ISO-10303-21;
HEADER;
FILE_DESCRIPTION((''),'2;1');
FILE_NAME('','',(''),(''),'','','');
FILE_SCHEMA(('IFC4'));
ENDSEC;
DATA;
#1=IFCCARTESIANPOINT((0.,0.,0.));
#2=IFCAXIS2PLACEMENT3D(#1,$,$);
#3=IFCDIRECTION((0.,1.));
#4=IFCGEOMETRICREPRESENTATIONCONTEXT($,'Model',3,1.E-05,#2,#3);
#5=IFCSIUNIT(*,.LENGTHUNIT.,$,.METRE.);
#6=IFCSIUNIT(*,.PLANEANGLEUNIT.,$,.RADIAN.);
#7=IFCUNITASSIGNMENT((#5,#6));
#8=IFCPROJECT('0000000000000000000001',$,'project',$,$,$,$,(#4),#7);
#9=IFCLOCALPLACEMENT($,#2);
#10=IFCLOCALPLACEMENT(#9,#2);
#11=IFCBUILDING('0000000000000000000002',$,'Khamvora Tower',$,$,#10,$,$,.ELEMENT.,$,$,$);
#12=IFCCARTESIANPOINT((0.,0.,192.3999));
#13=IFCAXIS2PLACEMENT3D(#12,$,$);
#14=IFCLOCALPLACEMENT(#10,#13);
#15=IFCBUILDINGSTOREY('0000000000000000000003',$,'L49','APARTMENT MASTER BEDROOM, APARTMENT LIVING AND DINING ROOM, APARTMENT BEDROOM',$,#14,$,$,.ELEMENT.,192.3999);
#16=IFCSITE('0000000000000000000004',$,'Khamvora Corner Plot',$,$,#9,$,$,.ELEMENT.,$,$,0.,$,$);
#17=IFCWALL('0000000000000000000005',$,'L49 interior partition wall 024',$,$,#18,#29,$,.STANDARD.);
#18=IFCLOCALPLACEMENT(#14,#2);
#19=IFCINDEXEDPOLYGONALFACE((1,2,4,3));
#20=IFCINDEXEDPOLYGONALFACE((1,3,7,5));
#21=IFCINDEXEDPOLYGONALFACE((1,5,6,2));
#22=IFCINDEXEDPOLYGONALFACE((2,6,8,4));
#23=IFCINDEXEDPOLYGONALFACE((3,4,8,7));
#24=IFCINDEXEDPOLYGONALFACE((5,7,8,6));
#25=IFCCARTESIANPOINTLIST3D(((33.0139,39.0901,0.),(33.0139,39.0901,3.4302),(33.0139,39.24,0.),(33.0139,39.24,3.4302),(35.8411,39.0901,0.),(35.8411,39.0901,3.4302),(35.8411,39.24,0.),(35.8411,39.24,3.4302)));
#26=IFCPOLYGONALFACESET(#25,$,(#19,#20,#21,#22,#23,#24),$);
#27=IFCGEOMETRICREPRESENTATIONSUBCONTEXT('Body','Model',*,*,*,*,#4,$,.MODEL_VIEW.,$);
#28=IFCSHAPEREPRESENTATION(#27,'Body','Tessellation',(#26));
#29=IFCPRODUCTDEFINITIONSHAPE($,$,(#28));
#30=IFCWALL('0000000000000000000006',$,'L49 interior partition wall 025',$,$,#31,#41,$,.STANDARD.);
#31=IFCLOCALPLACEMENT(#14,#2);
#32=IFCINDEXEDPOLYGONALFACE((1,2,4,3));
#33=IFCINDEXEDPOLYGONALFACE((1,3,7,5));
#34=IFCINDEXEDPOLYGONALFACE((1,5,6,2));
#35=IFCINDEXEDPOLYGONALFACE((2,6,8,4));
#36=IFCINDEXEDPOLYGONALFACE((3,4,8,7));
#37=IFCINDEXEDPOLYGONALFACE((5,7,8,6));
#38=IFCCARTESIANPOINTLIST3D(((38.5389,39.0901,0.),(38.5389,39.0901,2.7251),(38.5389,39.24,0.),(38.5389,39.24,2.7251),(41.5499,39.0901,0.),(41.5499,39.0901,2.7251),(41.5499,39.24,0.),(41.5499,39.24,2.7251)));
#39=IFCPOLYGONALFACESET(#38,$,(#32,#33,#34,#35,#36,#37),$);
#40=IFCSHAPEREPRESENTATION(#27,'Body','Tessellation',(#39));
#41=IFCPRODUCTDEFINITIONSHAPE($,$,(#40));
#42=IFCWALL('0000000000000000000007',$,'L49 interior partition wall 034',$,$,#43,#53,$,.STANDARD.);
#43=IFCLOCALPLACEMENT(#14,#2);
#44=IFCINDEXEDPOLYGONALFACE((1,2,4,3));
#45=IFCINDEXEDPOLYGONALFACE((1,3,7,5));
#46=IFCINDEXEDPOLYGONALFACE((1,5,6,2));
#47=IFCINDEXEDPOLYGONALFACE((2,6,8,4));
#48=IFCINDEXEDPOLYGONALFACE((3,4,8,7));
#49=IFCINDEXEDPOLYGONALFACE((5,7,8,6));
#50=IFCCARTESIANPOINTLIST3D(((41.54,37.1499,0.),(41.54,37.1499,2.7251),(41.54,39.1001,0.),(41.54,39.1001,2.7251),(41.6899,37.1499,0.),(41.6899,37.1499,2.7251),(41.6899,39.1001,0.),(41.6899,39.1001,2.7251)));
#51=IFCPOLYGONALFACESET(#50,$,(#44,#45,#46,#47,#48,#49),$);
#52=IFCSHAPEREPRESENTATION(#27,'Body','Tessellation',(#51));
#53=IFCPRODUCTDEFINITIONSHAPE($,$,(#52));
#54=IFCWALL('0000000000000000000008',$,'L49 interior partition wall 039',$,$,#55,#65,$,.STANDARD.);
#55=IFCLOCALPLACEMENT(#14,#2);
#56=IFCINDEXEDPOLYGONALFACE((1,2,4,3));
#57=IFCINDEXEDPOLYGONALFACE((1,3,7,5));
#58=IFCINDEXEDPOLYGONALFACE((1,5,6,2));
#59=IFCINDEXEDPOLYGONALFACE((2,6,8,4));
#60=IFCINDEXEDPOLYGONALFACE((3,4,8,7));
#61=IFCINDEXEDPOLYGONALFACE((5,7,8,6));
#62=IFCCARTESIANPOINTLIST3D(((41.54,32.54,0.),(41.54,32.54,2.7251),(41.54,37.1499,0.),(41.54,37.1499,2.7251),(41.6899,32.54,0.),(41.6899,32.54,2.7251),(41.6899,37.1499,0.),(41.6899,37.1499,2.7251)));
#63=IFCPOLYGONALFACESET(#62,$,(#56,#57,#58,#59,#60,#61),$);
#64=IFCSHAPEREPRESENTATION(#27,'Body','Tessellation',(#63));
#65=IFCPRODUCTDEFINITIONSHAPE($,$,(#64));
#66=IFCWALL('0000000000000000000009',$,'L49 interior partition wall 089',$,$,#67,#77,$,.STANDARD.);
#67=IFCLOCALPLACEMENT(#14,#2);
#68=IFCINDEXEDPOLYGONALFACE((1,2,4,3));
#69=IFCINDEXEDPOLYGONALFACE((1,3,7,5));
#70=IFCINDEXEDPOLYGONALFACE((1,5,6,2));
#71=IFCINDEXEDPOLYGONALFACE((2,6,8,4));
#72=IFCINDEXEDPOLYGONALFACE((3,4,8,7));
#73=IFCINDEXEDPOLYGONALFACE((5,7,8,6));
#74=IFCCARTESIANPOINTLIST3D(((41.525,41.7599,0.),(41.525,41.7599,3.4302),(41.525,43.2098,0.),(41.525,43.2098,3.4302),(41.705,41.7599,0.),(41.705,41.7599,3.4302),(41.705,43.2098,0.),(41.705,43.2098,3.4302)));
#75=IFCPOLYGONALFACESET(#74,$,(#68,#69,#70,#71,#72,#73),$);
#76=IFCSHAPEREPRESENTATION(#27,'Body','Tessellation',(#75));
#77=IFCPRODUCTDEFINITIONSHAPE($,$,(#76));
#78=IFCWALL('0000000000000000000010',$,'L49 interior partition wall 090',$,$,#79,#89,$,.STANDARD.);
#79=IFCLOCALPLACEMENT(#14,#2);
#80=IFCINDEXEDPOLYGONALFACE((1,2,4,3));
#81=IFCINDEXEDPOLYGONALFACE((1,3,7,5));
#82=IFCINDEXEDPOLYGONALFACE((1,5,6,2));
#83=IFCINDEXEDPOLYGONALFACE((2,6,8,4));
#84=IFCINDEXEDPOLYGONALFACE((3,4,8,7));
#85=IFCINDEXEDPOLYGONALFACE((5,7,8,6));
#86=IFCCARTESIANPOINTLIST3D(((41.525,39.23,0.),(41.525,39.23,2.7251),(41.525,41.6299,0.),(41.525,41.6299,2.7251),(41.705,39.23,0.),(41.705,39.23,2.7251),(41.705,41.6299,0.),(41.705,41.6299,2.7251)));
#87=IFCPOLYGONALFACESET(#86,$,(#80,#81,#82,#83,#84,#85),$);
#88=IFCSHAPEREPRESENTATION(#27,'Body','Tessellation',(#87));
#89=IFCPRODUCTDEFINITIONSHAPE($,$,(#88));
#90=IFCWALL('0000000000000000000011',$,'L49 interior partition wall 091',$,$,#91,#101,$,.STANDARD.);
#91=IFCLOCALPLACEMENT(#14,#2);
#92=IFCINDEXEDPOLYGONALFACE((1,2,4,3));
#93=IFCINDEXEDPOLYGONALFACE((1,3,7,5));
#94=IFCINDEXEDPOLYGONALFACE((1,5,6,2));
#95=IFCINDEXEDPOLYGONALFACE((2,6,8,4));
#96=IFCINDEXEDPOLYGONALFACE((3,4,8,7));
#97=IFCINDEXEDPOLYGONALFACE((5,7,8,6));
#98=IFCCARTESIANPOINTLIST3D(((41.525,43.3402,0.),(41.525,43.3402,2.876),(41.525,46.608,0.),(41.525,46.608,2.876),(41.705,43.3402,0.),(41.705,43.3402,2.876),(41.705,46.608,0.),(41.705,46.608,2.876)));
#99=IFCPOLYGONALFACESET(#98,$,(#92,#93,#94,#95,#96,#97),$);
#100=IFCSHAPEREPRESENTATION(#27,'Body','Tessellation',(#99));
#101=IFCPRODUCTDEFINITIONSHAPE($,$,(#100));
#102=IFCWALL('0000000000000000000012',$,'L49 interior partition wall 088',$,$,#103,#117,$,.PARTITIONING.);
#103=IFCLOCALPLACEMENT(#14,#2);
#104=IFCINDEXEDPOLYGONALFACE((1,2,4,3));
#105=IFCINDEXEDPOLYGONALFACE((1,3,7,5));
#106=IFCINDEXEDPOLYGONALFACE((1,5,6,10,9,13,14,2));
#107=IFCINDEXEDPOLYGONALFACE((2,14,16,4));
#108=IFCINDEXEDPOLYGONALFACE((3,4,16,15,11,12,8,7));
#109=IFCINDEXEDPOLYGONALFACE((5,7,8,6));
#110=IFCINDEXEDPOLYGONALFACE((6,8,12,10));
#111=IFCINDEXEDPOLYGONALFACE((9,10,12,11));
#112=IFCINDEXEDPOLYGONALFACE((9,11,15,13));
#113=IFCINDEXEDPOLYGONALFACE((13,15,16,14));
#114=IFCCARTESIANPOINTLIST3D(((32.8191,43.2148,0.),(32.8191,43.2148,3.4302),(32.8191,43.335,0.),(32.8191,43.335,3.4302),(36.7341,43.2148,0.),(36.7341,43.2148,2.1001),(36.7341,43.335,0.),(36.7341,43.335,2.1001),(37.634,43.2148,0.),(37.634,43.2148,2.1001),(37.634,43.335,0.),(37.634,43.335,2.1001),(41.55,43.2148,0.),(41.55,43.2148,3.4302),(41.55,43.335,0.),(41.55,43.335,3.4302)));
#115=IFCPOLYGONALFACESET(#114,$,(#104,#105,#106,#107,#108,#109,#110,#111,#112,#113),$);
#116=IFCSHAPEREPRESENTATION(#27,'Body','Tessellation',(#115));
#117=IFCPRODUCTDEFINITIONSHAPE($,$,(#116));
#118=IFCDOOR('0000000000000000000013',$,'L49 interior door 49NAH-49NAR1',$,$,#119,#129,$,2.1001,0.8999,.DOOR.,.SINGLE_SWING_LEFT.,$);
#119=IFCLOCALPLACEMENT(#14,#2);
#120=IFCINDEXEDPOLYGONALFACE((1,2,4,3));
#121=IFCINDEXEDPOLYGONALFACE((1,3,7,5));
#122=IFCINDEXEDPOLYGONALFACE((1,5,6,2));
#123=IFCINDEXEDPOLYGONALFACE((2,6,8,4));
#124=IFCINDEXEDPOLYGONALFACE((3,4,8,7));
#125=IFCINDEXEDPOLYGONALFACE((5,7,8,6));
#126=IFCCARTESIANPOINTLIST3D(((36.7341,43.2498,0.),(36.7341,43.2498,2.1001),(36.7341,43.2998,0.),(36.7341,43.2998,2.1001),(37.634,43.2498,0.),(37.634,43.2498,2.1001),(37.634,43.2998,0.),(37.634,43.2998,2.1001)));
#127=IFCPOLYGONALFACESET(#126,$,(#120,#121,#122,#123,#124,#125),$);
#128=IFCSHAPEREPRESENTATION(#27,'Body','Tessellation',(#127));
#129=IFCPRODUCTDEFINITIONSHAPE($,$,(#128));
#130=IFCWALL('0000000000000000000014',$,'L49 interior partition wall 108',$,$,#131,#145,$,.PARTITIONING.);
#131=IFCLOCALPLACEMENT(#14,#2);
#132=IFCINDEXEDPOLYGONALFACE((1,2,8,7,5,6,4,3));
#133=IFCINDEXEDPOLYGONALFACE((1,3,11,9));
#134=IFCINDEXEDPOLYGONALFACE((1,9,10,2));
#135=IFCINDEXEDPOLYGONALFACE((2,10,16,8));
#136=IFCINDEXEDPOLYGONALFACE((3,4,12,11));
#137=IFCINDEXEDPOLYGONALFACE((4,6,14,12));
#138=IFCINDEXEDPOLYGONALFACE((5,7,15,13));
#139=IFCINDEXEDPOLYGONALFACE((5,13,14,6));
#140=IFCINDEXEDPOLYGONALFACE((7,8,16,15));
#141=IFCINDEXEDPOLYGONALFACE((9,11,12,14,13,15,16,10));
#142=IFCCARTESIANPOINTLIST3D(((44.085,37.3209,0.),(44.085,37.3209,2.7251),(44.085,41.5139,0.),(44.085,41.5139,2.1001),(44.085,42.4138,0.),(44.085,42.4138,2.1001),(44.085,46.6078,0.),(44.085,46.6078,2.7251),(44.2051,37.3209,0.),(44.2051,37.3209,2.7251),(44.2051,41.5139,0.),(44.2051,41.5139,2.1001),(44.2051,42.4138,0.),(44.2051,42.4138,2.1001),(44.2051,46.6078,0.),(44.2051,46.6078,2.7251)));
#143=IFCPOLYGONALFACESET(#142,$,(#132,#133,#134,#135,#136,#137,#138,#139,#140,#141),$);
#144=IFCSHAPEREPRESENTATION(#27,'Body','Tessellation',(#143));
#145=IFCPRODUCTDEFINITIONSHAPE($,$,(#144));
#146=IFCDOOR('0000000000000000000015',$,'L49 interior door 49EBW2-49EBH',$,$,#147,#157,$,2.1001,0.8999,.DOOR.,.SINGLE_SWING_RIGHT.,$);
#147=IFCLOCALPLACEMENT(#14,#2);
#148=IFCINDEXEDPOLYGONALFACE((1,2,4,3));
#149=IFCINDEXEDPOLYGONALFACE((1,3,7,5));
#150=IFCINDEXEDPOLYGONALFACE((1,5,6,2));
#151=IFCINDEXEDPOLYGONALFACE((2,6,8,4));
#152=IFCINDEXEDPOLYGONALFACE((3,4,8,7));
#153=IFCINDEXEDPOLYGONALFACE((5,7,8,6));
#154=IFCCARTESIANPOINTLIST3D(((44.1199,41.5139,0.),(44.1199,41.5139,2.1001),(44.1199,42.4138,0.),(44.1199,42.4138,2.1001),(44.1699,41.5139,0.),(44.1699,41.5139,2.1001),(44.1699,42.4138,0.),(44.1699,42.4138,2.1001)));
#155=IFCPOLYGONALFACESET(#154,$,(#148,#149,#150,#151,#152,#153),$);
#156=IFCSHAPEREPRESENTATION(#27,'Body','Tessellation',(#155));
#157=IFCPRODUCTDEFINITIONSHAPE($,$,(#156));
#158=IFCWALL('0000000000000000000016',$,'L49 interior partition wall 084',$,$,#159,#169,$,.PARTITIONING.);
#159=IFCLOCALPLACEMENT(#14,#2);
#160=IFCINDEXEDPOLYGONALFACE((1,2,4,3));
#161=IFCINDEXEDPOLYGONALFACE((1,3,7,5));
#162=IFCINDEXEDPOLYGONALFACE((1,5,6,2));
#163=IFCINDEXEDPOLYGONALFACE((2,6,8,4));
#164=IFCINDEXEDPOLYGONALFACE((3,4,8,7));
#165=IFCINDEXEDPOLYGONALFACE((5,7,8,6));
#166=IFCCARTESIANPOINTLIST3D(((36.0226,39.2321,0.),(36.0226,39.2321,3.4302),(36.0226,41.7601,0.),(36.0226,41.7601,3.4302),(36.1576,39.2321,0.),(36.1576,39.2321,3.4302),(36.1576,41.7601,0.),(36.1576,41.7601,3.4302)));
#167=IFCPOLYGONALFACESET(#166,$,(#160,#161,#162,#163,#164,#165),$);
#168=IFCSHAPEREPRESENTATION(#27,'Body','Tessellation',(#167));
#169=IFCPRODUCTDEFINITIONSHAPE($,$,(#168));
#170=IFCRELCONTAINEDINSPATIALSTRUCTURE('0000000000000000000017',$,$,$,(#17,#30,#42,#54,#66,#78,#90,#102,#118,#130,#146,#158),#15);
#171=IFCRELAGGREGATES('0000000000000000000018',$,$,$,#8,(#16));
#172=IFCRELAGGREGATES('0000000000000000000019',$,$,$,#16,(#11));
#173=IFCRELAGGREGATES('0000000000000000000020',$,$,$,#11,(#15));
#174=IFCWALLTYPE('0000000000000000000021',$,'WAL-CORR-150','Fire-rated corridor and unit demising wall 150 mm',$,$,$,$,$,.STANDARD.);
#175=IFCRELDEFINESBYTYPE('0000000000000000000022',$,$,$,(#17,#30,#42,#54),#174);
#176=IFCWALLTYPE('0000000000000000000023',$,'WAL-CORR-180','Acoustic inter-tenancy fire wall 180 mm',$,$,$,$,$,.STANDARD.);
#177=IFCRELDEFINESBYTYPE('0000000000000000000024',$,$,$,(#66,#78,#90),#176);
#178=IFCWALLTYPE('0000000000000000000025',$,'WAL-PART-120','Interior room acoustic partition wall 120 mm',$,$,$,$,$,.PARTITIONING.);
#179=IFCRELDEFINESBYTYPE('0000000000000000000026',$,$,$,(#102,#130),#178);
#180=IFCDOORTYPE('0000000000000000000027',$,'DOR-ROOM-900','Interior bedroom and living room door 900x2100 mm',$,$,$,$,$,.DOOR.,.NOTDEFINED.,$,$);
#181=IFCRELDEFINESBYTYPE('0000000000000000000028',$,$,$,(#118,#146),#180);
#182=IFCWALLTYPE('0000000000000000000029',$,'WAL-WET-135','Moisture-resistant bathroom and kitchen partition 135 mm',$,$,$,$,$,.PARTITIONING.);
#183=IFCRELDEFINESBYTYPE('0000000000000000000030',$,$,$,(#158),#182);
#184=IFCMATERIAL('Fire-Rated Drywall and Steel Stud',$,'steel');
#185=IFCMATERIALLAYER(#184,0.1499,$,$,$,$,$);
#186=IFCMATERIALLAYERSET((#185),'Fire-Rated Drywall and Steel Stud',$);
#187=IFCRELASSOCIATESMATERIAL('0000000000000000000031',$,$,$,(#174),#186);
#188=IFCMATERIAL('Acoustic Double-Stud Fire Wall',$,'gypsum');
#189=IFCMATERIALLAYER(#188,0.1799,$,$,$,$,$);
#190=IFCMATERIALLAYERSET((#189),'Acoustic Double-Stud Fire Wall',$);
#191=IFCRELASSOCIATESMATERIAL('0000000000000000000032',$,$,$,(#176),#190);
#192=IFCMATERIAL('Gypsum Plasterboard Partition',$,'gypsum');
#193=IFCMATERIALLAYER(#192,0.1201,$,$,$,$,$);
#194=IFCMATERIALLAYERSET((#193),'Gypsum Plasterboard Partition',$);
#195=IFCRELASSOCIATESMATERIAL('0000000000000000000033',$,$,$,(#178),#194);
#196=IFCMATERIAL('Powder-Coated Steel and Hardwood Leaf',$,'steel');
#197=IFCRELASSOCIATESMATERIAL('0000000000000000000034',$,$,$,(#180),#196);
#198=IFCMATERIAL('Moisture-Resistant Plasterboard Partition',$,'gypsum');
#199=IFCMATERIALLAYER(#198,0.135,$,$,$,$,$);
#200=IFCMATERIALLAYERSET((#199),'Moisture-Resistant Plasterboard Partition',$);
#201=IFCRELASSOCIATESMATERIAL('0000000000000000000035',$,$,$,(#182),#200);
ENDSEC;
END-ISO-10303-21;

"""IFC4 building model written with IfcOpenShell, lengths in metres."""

from ifc_helpers import new_model, si_unit, direction, frame, frame_2d, origin, place, context, subcontext, project, spatial, rectangle, extrude, material, layer, layer_set, type_object, element, fill, save


model = new_model("IFC4")

# Units and contexts
model_context = context("Model", 3, precision=1e-05, world=origin(), true_north=direction((0.0, 1.0)))
body_context = subcontext(model_context, "Body", "Model", "MODEL_VIEW")
ifc_project = project(units=[si_unit("LENGTHUNIT", "METRE"), si_unit("PLANEANGLEUNIT", "RADIAN")], contexts=[model_context])

# Site, building, storey
site_placement = place(None, origin())
site = spatial("IfcSite", under=ifc_project, at=site_placement, Name="Khamvora Corner Plot", CompositionType="ELEMENT", RefElevation=0.0)
building_placement = place(site_placement, origin())
building = spatial("IfcBuilding", under=site, at=building_placement, Name="Khamvora Tower", CompositionType="ELEMENT")
storey_placement = place(building_placement, frame((0.0, 0.0, 192.3999)))
storey = spatial("IfcBuildingStorey", under=building, at=storey_placement, Name="L49", Description="APARTMENT MASTER BEDROOM, APARTMENT LIVING AND DINING ROOM, APARTMENT BEDROOM", CompositionType="ELEMENT", Elevation=192.3999)

# Shared definitions
ifc_material_1 = material(Name="Fire-Rated Drywall and Steel Stud", Category="steel")
ifc_layer_1 = layer(ifc_material_1, 0.1499)
ifc_layer_set_1 = layer_set([ifc_layer_1], Name="Fire-Rated Drywall and Steel Stud")
wall_type_1 = type_object("IfcWallType", Name="WAL-CORR-150", Description="Fire-rated corridor and unit demising wall 150 mm", PredefinedType="STANDARD", material=ifc_layer_set_1)
ifc_material_2 = material(Name="Powder-Coated Steel and Hardwood Leaf", Category="steel")

# Walls
wall_1_placement = place(storey_placement, frame((33.0139, 39.165, 0.0), z_axis=(0.0, 0.0, 1.0), x_axis=(1.0, 0.0, 0.0)))
element("IfcWall", 1, at=wall_1_placement, inside=storey, type_object=wall_type_1, Name="L49 interior partition wall 024", PredefinedType="STANDARD", context=body_context, shape_type="SweptSolid", body=[
    extrude(rectangle(XDim=2.8271, YDim=0.1499, at=frame_2d((1.4136, 0.0))), origin(), (0.0, 0.0, 1.0), 3.4302),
])
wall_2_placement = place(storey_placement, frame((38.5391, 39.165, 0.0), z_axis=(0.0, 0.0, 1.0), x_axis=(1.0, 0.0, 0.0)))
element("IfcWall", 2, at=wall_2_placement, inside=storey, type_object=wall_type_1, Name="L49 interior partition wall 025", PredefinedType="STANDARD", context=body_context, shape_type="SweptSolid", body=[
    extrude(rectangle(XDim=3.011, YDim=0.1499, at=frame_2d((1.5054, 0.0))), origin(), (0.0, 0.0, 1.0), 2.7251),
])
wall_3_placement = place(storey_placement, frame((41.615, 39.1001, 0.0), z_axis=(0.0, 0.0, 1.0), x_axis=(0.0, -1.0, 0.0)))
element("IfcWall", 3, at=wall_3_placement, inside=storey, type_object=wall_type_1, Name="L49 interior partition wall 034", PredefinedType="STANDARD", context=body_context, shape_type="SweptSolid", body=[
    extrude(rectangle(XDim=1.9502, YDim=0.1499, at=frame_2d((0.9751, 0.0))), origin(), (0.0, 0.0, 1.0), 2.7251),
])
wall_4_placement = place(storey_placement, frame((41.615, 37.1499, 0.0), z_axis=(0.0, 0.0, 1.0), x_axis=(0.0, -1.0, 0.0)))
element("IfcWall", 4, at=wall_4_placement, inside=storey, type_object=wall_type_1, Name="L49 interior partition wall 039", PredefinedType="STANDARD", context=body_context, shape_type="SweptSolid", body=[
    extrude(rectangle(XDim=4.6099, YDim=0.1499, at=frame_2d((2.3049, 0.0))), origin(), (0.0, 0.0, 1.0), 2.7251),
])
ifc_material_3 = material(Name="Acoustic Double-Stud Fire Wall", Category="gypsum")
ifc_layer_2 = layer(ifc_material_3, 0.1799)
ifc_layer_set_2 = layer_set([ifc_layer_2], Name="Acoustic Double-Stud Fire Wall")
wall_type_2 = type_object("IfcWallType", Name="WAL-CORR-180", Description="Acoustic inter-tenancy fire wall 180 mm", PredefinedType="STANDARD", material=ifc_layer_set_2)
wall_5_placement = place(storey_placement, frame((41.615, 43.21, 0.0), z_axis=(0.0, 0.0, 1.0), x_axis=(0.0, -1.0, 0.0)))
element("IfcWall", 5, at=wall_5_placement, inside=storey, type_object=wall_type_2, Name="L49 interior partition wall 089", PredefinedType="STANDARD", context=body_context, shape_type="SweptSolid", body=[
    extrude(rectangle(XDim=1.45, YDim=0.1799, at=frame_2d((0.7251, 0.0))), origin(), (0.0, 0.0, 1.0), 3.4302),
])
wall_6_placement = place(storey_placement, frame((41.615, 41.6299, 0.0), z_axis=(0.0, 0.0, 1.0), x_axis=(0.0, -1.0, 0.0)))
element("IfcWall", 6, at=wall_6_placement, inside=storey, type_object=wall_type_2, Name="L49 interior partition wall 090", PredefinedType="STANDARD", context=body_context, shape_type="SweptSolid", body=[
    extrude(rectangle(XDim=2.3999, YDim=0.1799, at=frame_2d((1.2, 0.0))), origin(), (0.0, 0.0, 1.0), 2.7251),
])
wall_7_placement = place(storey_placement, frame((41.615, 46.6079, 0.0), z_axis=(0.0, 0.0, 1.0), x_axis=(0.0, -1.0, 0.0)))
element("IfcWall", 7, at=wall_7_placement, inside=storey, type_object=wall_type_2, Name="L49 interior partition wall 091", PredefinedType="STANDARD", context=body_context, shape_type="SweptSolid", body=[
    extrude(rectangle(XDim=3.2678, YDim=0.1799, at=frame_2d((1.6338, 0.0))), origin(), (0.0, 0.0, 1.0), 2.876),
])

# Walls, openings, doors
ifc_material_4 = material(Name="Gypsum Plasterboard Partition", Category="gypsum")
ifc_layer_3 = layer(ifc_material_4, 0.1201)
ifc_layer_set_3 = layer_set([ifc_layer_3], Name="Gypsum Plasterboard Partition")
wall_type_3 = type_object("IfcWallType", Name="WAL-PART-120", Description="Interior room acoustic partition wall 120 mm", PredefinedType="PARTITIONING", material=ifc_layer_set_3)
wall_8_placement = place(storey_placement, frame((32.8191, 43.2749, 0.0), z_axis=(0.0, 0.0, 1.0), x_axis=(1.0, 0.0, 0.0)))
wall_8 = element("IfcWall", 8, at=wall_8_placement, inside=storey, type_object=wall_type_3, Name="L49 interior partition wall 088", PredefinedType="PARTITIONING", context=body_context, shape_type="SweptSolid", body=[
    extrude(rectangle(XDim=8.731, YDim=0.1201, at=frame_2d((4.3655, 0.0))), origin(), (0.0, 0.0, 1.0), 3.4302),
])
opening_1_placement = place(wall_8_placement, frame((3.915, 0.0, 0.0)))
opening_1 = element("IfcOpeningElement", 9, at=opening_1_placement, cuts=wall_8, PredefinedType="OPENING", context=body_context, shape_type="SweptSolid", body=[
    extrude(rectangle(XDim=0.8999, YDim=2.1001, at=frame_2d((0.45, 1.05))), frame((0.0, 0.0701, 0.0), z_axis=(0.0, -1.0, 0.0), x_axis=(1.0, 0.0, 0.0)), (0.0, 0.0, 1.0), 0.1401),
])
door_type_1 = type_object("IfcDoorType", Name="DOR-ROOM-900", Description="Interior bedroom and living room door 900x2100 mm", OperationType="NOTDEFINED", PredefinedType="DOOR", material=ifc_material_2)
door_1_placement = place(opening_1_placement, origin())
door_1 = element("IfcDoor", 10, at=door_1_placement, inside=storey, type_object=door_type_1, Name="L49 interior door 49NAH-49NAR1", OperationType="SINGLE_SWING_LEFT", OverallHeight=2.1001, OverallWidth=0.8999, PredefinedType="DOOR", context=body_context, shape_type="SweptSolid", body=[
    extrude(rectangle(XDim=0.8999, YDim=2.1001, at=frame_2d((0.45, 1.05))), frame((0.0, 0.0249, 0.0), z_axis=(0.0, -1.0, 0.0), x_axis=(1.0, 0.0, 0.0)), (0.0, 0.0, 1.0), 0.05),
])
fill(opening_1, door_1)
wall_9_placement = place(storey_placement, frame((44.145, 46.6079, 0.0), z_axis=(0.0, 0.0, 1.0), x_axis=(0.0, -1.0, 0.0)))
wall_9 = element("IfcWall", 11, at=wall_9_placement, inside=storey, type_object=wall_type_3, Name="L49 interior partition wall 108", PredefinedType="PARTITIONING", context=body_context, shape_type="SweptSolid", body=[
    extrude(rectangle(XDim=9.2869, YDim=0.1201, at=frame_2d((4.6436, 0.0))), origin(), (0.0, 0.0, 1.0), 2.7251),
])
opening_2_placement = place(wall_9_placement, frame((4.1941, 0.0, 0.0)))
opening_2 = element("IfcOpeningElement", 12, at=opening_2_placement, cuts=wall_9, PredefinedType="OPENING", context=body_context, shape_type="SweptSolid", body=[
    extrude(rectangle(XDim=0.8999, YDim=2.1001, at=frame_2d((0.45, 1.05))), frame((0.0, 0.0701, 0.0), z_axis=(0.0, -1.0, 0.0), x_axis=(1.0, 0.0, 0.0)), (0.0, 0.0, 1.0), 0.1401),
])
door_2_placement = place(opening_2_placement, origin())
door_2 = element("IfcDoor", 13, at=door_2_placement, inside=storey, type_object=door_type_1, Name="L49 interior door 49EBW2-49EBH", OperationType="SINGLE_SWING_RIGHT", OverallHeight=2.1001, OverallWidth=0.8999, PredefinedType="DOOR", context=body_context, shape_type="SweptSolid", body=[
    extrude(rectangle(XDim=0.8999, YDim=2.1001, at=frame_2d((0.45, 1.05))), frame((0.0, 0.0249, 0.0), z_axis=(0.0, -1.0, 0.0), x_axis=(1.0, 0.0, 0.0)), (0.0, 0.0, 1.0), 0.05),
])
fill(opening_2, door_2)

# Wall
ifc_material_5 = material(Name="Moisture-Resistant Plasterboard Partition", Category="gypsum")
ifc_layer_4 = layer(ifc_material_5, 0.135)
ifc_layer_set_4 = layer_set([ifc_layer_4], Name="Moisture-Resistant Plasterboard Partition")
wall_type_4 = type_object("IfcWallType", Name="WAL-WET-135", Description="Moisture-resistant bathroom and kitchen partition 135 mm", PredefinedType="PARTITIONING", material=ifc_layer_set_4)
wall_10_placement = place(storey_placement, frame((36.0901, 39.2319, 0.0), z_axis=(0.0, 0.0, 1.0), x_axis=(0.0, 1.0, 0.0)))
element("IfcWall", 14, at=wall_10_placement, inside=storey, type_object=wall_type_4, Name="L49 interior partition wall 084", PredefinedType="PARTITIONING", context=body_context, shape_type="SweptSolid", body=[
    extrude(rectangle(XDim=2.5281, YDim=0.135, at=frame_2d((1.2642, 0.0))), origin(), (0.0, 0.0, 1.0), 3.4302),
])

save(model, "model.ifc")
